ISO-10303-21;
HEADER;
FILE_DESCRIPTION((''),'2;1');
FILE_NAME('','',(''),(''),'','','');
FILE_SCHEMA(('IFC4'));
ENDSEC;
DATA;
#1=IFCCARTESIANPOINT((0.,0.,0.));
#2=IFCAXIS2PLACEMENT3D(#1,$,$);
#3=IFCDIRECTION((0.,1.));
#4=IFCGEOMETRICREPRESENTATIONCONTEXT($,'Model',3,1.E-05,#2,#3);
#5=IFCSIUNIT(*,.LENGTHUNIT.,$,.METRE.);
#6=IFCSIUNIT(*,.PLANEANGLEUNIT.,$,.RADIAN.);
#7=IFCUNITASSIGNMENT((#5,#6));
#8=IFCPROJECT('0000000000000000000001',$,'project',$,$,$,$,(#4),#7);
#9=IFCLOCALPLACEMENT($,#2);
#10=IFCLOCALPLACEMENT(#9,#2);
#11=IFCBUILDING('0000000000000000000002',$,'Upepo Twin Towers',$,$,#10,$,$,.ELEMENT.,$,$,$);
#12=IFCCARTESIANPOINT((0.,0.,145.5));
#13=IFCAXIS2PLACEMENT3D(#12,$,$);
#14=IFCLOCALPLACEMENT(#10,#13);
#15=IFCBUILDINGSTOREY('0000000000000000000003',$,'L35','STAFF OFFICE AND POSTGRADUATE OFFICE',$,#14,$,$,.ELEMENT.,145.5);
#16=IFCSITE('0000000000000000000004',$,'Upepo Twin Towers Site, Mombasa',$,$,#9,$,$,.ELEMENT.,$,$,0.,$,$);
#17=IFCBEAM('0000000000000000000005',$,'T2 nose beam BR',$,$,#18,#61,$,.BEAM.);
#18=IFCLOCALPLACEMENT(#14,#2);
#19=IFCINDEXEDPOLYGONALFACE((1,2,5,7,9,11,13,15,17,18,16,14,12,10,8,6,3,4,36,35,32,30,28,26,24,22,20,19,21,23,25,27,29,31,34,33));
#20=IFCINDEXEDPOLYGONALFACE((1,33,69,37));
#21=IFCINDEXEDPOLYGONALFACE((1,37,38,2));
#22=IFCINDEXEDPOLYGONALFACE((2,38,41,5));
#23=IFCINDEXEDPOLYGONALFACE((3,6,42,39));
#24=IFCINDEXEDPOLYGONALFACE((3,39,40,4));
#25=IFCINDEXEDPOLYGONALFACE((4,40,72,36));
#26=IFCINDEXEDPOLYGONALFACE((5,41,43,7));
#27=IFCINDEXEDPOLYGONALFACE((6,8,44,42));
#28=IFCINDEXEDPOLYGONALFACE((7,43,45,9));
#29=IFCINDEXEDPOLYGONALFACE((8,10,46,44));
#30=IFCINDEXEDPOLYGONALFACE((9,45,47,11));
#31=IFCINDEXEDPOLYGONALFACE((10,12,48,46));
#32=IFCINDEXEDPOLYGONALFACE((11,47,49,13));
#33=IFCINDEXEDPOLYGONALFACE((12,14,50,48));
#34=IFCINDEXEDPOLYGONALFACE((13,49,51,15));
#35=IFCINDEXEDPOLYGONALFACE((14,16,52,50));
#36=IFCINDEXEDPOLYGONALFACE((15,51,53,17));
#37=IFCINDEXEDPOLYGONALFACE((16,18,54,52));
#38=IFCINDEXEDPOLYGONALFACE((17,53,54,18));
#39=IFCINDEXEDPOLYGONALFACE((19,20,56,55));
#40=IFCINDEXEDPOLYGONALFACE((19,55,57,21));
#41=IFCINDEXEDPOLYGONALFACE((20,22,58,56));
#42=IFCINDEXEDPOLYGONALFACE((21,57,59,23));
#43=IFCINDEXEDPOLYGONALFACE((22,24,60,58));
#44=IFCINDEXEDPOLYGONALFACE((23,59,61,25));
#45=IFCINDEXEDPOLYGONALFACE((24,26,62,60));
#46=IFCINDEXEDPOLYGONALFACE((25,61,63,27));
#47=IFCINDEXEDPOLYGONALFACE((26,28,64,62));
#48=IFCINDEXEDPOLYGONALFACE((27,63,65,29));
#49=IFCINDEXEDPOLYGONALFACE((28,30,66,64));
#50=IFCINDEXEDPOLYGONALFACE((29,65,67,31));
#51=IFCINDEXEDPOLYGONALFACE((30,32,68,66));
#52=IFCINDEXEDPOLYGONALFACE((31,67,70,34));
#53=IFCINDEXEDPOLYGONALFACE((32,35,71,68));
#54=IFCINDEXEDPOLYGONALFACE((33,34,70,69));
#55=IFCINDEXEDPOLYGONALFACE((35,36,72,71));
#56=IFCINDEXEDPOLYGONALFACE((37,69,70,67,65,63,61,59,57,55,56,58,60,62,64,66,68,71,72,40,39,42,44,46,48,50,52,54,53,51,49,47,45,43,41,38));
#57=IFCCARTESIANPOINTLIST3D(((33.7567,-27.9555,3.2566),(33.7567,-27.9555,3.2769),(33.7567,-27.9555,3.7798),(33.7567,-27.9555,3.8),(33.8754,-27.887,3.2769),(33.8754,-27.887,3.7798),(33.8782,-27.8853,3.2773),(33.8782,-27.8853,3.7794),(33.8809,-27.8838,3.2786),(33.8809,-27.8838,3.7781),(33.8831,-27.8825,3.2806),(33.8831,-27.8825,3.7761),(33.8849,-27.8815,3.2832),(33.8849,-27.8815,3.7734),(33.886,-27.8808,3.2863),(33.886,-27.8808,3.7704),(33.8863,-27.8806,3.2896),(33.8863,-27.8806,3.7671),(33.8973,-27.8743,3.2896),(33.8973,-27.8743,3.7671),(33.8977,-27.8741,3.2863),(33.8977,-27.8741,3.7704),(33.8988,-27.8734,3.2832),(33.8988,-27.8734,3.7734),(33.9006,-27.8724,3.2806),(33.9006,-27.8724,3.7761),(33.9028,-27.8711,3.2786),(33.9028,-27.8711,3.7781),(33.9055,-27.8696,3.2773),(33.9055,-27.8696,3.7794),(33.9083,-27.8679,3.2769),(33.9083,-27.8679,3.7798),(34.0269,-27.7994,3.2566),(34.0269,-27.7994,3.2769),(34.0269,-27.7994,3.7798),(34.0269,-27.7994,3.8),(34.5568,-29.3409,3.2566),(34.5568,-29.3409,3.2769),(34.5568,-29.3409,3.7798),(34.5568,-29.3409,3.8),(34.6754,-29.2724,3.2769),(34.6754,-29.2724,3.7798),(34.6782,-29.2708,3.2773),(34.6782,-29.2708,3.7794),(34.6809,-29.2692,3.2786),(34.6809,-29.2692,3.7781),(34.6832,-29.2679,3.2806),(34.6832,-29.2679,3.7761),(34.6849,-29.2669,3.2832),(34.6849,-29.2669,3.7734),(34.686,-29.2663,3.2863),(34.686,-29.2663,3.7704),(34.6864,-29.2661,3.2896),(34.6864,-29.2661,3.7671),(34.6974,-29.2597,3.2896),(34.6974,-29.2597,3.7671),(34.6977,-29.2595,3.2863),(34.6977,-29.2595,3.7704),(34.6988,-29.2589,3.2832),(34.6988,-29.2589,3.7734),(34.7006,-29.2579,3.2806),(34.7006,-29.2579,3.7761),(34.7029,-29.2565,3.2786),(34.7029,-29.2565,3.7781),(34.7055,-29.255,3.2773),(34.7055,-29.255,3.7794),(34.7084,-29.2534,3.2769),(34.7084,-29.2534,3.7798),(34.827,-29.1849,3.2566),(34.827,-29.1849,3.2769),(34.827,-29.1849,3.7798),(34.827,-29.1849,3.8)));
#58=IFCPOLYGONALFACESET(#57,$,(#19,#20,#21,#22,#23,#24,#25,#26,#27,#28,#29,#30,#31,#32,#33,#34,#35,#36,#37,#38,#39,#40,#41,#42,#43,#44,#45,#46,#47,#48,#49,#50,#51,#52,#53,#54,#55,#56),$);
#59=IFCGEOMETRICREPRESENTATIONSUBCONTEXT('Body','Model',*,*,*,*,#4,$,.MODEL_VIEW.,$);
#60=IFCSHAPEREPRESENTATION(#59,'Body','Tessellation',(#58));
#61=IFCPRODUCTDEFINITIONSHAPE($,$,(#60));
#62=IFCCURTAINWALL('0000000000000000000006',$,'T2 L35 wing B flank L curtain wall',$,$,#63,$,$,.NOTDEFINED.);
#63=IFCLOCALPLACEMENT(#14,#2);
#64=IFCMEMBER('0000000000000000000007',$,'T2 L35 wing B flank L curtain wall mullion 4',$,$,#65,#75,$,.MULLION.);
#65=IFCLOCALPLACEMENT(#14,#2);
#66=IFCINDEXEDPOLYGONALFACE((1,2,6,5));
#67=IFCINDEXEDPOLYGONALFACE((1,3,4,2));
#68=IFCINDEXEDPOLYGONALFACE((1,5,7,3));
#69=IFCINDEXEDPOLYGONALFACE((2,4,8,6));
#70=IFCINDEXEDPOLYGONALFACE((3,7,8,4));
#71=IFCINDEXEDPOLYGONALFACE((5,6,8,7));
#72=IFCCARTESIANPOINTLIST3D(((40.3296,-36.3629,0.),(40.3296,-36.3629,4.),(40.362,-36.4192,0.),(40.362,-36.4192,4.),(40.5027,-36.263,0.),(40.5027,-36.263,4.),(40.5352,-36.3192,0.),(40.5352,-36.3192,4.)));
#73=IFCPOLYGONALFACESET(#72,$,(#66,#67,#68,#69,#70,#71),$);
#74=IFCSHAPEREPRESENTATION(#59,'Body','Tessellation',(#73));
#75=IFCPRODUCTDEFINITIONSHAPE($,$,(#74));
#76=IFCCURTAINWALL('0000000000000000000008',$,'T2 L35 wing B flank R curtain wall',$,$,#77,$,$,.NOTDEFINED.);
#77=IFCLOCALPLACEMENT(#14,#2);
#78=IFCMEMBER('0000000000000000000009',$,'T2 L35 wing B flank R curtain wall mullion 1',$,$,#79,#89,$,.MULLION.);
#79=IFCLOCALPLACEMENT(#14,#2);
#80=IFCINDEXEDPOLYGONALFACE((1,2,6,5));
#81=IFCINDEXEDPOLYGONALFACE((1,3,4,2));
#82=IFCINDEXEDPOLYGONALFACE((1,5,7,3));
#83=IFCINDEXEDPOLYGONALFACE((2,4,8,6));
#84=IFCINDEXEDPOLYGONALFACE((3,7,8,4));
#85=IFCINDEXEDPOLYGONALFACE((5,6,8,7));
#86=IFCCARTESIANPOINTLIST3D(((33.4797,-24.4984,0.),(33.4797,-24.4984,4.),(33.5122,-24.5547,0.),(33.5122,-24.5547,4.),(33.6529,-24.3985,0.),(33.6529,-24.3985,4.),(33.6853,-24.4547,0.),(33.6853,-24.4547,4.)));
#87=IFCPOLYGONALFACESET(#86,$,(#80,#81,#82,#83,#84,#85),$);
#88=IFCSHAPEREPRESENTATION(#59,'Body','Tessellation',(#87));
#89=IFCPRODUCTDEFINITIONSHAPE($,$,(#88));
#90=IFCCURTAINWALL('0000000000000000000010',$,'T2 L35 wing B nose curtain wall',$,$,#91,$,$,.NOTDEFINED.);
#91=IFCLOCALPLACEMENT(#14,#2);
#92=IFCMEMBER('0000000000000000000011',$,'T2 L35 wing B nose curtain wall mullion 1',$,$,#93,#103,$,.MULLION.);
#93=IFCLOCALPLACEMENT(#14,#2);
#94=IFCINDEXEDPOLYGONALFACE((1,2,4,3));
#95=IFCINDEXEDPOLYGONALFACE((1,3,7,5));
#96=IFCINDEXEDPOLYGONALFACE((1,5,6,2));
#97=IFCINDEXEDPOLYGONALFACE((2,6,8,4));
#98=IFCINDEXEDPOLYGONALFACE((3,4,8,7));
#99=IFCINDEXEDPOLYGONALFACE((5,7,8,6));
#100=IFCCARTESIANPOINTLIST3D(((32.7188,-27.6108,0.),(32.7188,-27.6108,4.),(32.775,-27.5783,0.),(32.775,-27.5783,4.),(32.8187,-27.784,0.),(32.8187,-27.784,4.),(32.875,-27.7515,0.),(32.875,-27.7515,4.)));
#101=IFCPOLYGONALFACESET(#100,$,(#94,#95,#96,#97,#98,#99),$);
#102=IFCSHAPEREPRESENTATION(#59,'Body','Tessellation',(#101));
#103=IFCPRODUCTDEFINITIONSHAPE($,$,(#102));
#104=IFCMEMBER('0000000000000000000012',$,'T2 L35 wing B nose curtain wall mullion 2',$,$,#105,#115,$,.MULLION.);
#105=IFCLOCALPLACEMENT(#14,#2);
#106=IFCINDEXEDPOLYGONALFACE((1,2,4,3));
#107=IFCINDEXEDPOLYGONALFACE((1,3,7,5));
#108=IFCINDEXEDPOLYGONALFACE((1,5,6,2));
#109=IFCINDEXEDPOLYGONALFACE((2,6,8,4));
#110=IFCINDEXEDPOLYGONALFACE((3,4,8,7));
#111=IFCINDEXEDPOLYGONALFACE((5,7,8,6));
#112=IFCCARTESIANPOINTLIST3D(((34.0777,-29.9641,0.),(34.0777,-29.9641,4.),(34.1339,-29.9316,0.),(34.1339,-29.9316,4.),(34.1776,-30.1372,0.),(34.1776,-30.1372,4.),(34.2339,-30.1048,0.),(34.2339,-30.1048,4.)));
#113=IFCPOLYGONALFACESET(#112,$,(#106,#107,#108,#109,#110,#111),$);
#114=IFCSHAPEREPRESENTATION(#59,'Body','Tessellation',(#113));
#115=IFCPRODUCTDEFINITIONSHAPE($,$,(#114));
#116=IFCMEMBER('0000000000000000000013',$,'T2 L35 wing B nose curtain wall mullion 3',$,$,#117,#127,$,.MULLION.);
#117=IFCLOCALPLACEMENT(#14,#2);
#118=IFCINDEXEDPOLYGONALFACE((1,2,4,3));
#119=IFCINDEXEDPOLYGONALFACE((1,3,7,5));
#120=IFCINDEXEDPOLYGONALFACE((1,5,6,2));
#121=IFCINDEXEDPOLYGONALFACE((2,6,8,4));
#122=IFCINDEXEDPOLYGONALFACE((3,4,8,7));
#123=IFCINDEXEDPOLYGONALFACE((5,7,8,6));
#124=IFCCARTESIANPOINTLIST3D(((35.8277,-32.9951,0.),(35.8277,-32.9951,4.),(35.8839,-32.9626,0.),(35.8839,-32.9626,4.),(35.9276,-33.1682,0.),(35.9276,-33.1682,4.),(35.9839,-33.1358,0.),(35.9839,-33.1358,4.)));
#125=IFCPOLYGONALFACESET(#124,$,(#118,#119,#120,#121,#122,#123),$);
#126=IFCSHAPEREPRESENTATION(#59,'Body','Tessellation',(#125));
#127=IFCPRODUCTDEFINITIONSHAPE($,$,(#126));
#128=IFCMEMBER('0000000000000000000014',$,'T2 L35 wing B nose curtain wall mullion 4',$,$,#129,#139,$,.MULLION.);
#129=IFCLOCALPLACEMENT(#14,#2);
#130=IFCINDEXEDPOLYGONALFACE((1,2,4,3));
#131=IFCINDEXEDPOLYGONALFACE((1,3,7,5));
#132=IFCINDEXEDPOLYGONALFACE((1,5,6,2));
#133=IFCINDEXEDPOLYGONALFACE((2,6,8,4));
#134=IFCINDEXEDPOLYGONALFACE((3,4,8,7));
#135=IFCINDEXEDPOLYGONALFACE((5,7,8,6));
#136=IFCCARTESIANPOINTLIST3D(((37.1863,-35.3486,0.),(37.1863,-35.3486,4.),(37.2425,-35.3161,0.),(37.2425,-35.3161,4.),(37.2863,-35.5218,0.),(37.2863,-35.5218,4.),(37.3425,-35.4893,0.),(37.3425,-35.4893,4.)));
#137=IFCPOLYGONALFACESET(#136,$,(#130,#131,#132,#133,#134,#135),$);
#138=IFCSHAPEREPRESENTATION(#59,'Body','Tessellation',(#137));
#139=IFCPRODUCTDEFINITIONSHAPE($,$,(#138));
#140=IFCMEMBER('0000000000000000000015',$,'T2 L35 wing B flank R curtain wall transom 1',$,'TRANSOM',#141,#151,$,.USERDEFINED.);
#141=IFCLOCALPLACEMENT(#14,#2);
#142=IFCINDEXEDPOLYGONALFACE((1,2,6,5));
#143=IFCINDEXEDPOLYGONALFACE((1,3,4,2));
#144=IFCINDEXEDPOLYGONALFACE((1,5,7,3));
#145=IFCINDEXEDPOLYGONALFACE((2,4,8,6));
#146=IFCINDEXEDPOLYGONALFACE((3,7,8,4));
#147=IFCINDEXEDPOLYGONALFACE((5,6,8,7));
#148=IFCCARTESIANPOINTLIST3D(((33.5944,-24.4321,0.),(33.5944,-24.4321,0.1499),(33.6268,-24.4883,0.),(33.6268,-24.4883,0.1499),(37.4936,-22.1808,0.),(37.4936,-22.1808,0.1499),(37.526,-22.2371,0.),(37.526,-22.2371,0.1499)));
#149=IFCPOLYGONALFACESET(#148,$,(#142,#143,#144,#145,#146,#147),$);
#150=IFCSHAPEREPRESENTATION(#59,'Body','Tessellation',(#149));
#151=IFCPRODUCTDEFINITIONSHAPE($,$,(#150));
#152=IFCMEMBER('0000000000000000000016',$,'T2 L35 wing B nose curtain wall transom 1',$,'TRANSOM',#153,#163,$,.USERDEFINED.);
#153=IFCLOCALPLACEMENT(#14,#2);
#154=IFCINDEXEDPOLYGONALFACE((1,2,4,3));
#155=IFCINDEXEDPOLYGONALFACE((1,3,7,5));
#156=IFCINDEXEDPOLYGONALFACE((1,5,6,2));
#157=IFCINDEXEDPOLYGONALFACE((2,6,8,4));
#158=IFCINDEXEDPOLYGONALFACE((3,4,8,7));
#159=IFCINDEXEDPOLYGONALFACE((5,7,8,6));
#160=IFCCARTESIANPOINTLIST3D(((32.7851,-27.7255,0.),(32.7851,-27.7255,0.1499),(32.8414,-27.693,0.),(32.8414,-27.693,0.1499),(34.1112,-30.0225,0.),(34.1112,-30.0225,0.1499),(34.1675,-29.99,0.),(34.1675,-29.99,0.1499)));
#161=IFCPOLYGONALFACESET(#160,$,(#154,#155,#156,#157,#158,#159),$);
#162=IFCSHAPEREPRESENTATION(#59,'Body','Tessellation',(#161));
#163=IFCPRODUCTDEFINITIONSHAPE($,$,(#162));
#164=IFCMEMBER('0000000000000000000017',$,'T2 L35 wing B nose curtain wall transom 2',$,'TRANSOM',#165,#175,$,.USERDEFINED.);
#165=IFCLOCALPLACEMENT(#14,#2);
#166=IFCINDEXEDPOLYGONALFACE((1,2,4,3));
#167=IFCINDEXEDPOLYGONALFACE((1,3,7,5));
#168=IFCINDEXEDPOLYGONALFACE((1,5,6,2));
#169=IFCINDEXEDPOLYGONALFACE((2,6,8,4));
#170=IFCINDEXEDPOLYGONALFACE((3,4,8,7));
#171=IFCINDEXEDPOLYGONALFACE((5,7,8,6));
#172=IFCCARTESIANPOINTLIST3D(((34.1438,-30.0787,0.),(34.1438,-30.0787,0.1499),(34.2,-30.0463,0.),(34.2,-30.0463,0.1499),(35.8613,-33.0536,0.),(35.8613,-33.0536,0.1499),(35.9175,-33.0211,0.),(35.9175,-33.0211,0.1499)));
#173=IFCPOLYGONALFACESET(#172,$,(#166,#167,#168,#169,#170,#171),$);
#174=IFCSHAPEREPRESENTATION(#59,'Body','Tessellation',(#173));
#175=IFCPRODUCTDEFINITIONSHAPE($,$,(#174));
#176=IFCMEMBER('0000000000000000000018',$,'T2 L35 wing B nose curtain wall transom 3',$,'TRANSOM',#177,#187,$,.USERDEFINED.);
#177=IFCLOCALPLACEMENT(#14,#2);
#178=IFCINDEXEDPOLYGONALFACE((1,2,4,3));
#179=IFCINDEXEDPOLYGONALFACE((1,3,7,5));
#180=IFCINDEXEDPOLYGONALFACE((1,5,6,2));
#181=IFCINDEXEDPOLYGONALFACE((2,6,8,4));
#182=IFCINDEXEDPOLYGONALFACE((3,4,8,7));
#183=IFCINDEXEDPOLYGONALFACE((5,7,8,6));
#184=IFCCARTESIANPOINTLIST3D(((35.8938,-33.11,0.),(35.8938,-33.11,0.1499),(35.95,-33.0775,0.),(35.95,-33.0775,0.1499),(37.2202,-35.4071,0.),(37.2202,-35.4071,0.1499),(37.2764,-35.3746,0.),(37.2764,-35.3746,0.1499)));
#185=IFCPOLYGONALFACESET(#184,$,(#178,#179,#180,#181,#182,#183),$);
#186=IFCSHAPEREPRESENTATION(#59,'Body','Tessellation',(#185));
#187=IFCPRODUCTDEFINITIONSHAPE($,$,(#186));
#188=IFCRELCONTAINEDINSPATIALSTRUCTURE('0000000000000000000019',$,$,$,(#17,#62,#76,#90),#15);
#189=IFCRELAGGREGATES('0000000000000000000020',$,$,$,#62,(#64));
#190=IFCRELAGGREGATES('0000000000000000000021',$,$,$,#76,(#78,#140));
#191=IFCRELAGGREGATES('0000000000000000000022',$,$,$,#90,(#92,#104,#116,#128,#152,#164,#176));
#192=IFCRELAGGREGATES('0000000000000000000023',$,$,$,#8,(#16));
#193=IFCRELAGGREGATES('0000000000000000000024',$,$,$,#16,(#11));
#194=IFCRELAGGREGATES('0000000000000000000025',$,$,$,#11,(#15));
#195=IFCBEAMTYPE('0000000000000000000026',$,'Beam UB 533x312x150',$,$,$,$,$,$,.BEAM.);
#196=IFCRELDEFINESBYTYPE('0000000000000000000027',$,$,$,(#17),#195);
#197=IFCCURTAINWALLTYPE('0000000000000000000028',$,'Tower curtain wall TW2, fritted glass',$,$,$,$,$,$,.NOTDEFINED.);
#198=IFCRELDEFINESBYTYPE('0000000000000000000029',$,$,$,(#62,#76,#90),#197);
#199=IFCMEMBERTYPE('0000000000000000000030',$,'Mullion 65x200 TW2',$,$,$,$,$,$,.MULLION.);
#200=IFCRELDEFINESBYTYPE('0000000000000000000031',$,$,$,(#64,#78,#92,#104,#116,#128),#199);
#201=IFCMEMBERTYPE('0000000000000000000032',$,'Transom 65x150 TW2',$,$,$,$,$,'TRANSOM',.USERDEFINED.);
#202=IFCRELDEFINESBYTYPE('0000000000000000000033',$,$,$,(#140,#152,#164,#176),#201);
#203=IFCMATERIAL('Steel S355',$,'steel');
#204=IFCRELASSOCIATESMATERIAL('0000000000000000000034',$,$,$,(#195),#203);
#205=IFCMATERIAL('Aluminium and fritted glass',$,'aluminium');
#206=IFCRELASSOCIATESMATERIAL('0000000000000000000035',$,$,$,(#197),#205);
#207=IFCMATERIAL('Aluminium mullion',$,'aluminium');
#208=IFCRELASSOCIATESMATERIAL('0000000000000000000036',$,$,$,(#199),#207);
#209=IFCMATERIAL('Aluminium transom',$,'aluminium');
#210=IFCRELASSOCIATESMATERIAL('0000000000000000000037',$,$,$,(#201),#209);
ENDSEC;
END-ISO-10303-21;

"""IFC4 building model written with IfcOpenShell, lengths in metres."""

from ifc_helpers import new_model, si_unit, direction, frame, origin, origin_2d, place, context, subcontext, project, spatial, rectangle, i_section, extrude, material, material_profile, profile_set, type_object, element, aggregate, save


model = new_model("IFC4")

# Units and contexts
model_context = context("Model", 3, precision=1e-05, world=origin(), true_north=direction((0.0, 1.0)))
body_context = subcontext(model_context, "Body", "Model", "MODEL_VIEW")
ifc_project = project(units=[si_unit("LENGTHUNIT", "METRE"), si_unit("PLANEANGLEUNIT", "RADIAN")], contexts=[model_context])

# Site, building, storey
site_placement = place(None, origin())
site = spatial("IfcSite", under=ifc_project, at=site_placement, Name="Upepo Twin Towers Site, Mombasa", CompositionType="ELEMENT", RefElevation=0.0)
building_placement = place(site_placement, origin())
building = spatial("IfcBuilding", under=site, at=building_placement, Name="Upepo Twin Towers", CompositionType="ELEMENT")
storey_placement = place(building_placement, frame((0.0, 0.0, 145.5)))
storey = spatial("IfcBuildingStorey", under=building, at=storey_placement, Name="L35", Description="STAFF OFFICE AND POSTGRADUATE OFFICE", CompositionType="ELEMENT", Elevation=145.5)

# Beam
ifc_material_1 = material(Name="Steel S355", Category="steel")
ifc_material_profile_1 = material_profile(ifc_material_1, i_section(OverallWidth=0.312, OverallDepth=0.5435, WebThickness=0.0127, FlangeThickness=0.0203, FilletRadius=0.0127, at=origin_2d()), Name="UB 533x312x150")
ifc_profile_set_1 = profile_set([ifc_material_profile_1], Name="Steel S355")
beam_type_1 = type_object("IfcBeamType", Name="Beam UB 533x312x150", PredefinedType="BEAM", material=ifc_profile_set_1)
for number, where, z_axis, x_axis, name in (
    (1, (33.8918, -27.8774, 3.5283), (0.500061, -0.86599, 0.0), (0.86599, 0.500061, 0.0), "T2 nose beam BR"),
):
    element("IfcBeam", number, at=place(storey_placement, frame(where, z_axis=z_axis, x_axis=x_axis)), inside=storey, type_object=beam_type_1, Name=name, PredefinedType="BEAM", context=body_context, shape_type="SweptSolid", body=[
        extrude(i_section(OverallWidth=0.312, OverallDepth=0.5435, WebThickness=0.0127, FlangeThickness=0.0203, FilletRadius=0.0127, at=origin_2d()), origin(), (0.0, 0.0, 1.0), 1.5999),
    ])

# Curtain walls, members
ifc_material_2 = material(Name="Aluminium and fritted glass", Category="aluminium")
curtain_wall_type = type_object("IfcCurtainWallType", Name="Tower curtain wall TW2, fritted glass", PredefinedType="NOTDEFINED", material=ifc_material_2)
curtain_wall_1_placement = place(storey_placement, origin())
curtain_wall_1 = element("IfcCurtainWall", 2, at=curtain_wall_1_placement, inside=storey, type_object=curtain_wall_type, Name="T2 L35 wing B flank L curtain wall", PredefinedType="NOTDEFINED")
ifc_material_3 = material(Name="Aluminium mullion", Category="aluminium")
ifc_material_profile_2 = material_profile(ifc_material_3, rectangle(XDim=0.0649, YDim=0.2, at=origin_2d()), Name="MULLION 65x200")
ifc_profile_set_2 = profile_set([ifc_material_profile_2], Name="Aluminium mullion")
member_type_1 = type_object("IfcMemberType", Name="Mullion 65x200 TW2", PredefinedType="MULLION", material=ifc_profile_set_2)
member_1_placement = place(storey_placement, frame((40.4324, -36.3411, 0.0), z_axis=(0.0, 0.0, 1.0), x_axis=(0.5, -0.866025, 0.0)))
member_1 = element("IfcMember", 3, at=member_1_placement, type_object=member_type_1, Name="T2 L35 wing B flank L curtain wall mullion 4", PredefinedType="MULLION", context=body_context, shape_type="SweptSolid", body=[
    extrude(rectangle(XDim=0.0649, YDim=0.2, at=origin_2d()), origin(), (0.0, 0.0, 1.0), 4.0),
])
aggregate(curtain_wall_1, [member_1])
curtain_wall_2_placement = place(storey_placement, origin())
curtain_wall_2 = element("IfcCurtainWall", 4, at=curtain_wall_2_placement, inside=storey, type_object=curtain_wall_type, Name="T2 L35 wing B flank R curtain wall", PredefinedType="NOTDEFINED")
member_2_placement = place(storey_placement, frame((33.5825, -24.4766, 0.0), z_axis=(0.0, 0.0, 1.0), x_axis=(-0.5, 0.866025, 0.0)))
member_2 = element("IfcMember", 5, at=member_2_placement, type_object=member_type_1, Name="T2 L35 wing B flank R curtain wall mullion 1", PredefinedType="MULLION", context=body_context, shape_type="SweptSolid", body=[
    extrude(rectangle(XDim=0.0649, YDim=0.2, at=origin_2d()), origin(), (0.0, 0.0, 1.0), 4.0),
])

# Curtain wall, members
curtain_wall_3_placement = place(storey_placement, origin())
curtain_wall_3 = element("IfcCurtainWall", 6, at=curtain_wall_3_placement, inside=storey, type_object=curtain_wall_type, Name="T2 L35 wing B nose curtain wall", PredefinedType="NOTDEFINED")
member_3_placement = place(storey_placement, frame((32.7969, -27.6812, 0.0), z_axis=(0.0, 0.0, 1.0), x_axis=(0.866025, 0.5, 0.0)))
member_3 = element("IfcMember", 7, at=member_3_placement, type_object=member_type_1, Name="T2 L35 wing B nose curtain wall mullion 1", PredefinedType="MULLION", context=body_context, shape_type="SweptSolid", body=[
    extrude(rectangle(XDim=0.0649, YDim=0.2, at=origin_2d()), origin(), (0.0, 0.0, 1.0), 4.0),
])
member_4_placement = place(storey_placement, frame((34.1558, -30.0344, 0.0), z_axis=(0.0, 0.0, 1.0), x_axis=(0.866025, 0.5, 0.0)))
member_4 = element("IfcMember", 8, at=member_4_placement, type_object=member_type_1, Name="T2 L35 wing B nose curtain wall mullion 2", PredefinedType="MULLION", context=body_context, shape_type="SweptSolid", body=[
    extrude(rectangle(XDim=0.0649, YDim=0.2, at=origin_2d()), origin(), (0.0, 0.0, 1.0), 4.0),
])
member_5_placement = place(storey_placement, frame((35.9058, -33.0654, 0.0), z_axis=(0.0, 0.0, 1.0), x_axis=(0.866025, 0.5, 0.0)))
member_5 = element("IfcMember", 9, at=member_5_placement, type_object=member_type_1, Name="T2 L35 wing B nose curtain wall mullion 3", PredefinedType="MULLION", context=body_context, shape_type="SweptSolid", body=[
    extrude(rectangle(XDim=0.0649, YDim=0.2, at=origin_2d()), origin(), (0.0, 0.0, 1.0), 4.0),
])
member_6_placement = place(storey_placement, frame((37.2644, -35.4189, 0.0), z_axis=(0.0, 0.0, 1.0), x_axis=(0.866025, 0.5, 0.0)))
member_6 = element("IfcMember", 10, at=member_6_placement, type_object=member_type_1, Name="T2 L35 wing B nose curtain wall mullion 4", PredefinedType="MULLION", context=body_context, shape_type="SweptSolid", body=[
    extrude(rectangle(XDim=0.0649, YDim=0.2, at=origin_2d()), origin(), (0.0, 0.0, 1.0), 4.0),
])

# Members
ifc_material_4 = material(Name="Aluminium transom", Category="aluminium")
ifc_material_profile_3 = material_profile(ifc_material_4, rectangle(XDim=0.0649, YDim=0.1499, at=origin_2d()), Name="TRANSOM 65x150")
ifc_profile_set_3 = profile_set([ifc_material_profile_3], Name="Aluminium transom")
member_type_2 = type_object("IfcMemberType", Name="Transom 65x150 TW2", ElementType="TRANSOM", PredefinedType="USERDEFINED", material=ifc_profile_set_3)
member_7_placement = place(storey_placement, frame((33.6106, -24.4602, 0.075), z_axis=(0.866022, 0.500006, 0.0), x_axis=(-0.500006, 0.866022, 0.0)))
member_7 = element("IfcMember", 11, at=member_7_placement, type_object=member_type_2, Name="T2 L35 wing B flank R curtain wall transom 1", ObjectType="TRANSOM", PredefinedType="USERDEFINED", context=body_context, shape_type="SweptSolid", body=[
    extrude(rectangle(XDim=0.0649, YDim=0.1499, at=origin_2d()), origin(), (0.0, 0.0, 1.0), 4.5024),
])
member_8_placement = place(storey_placement, frame((32.8132, -27.7092, 0.075), z_axis=(0.49998, -0.866037, 0.0), x_axis=(0.866037, 0.49998, 0.0)))
member_8 = element("IfcMember", 12, at=member_8_placement, type_object=member_type_2, Name="T2 L35 wing B nose curtain wall transom 1", ObjectType="TRANSOM", PredefinedType="USERDEFINED", context=body_context, shape_type="SweptSolid", body=[
    extrude(rectangle(XDim=0.0649, YDim=0.1499, at=origin_2d()), origin(), (0.0, 0.0, 1.0), 2.6523),
])
member_9_placement = place(storey_placement, frame((34.1719, -30.0625, 0.075), z_axis=(0.499999, -0.866026, 0.0), x_axis=(0.866026, 0.499999, 0.0)))
member_9 = element("IfcMember", 13, at=member_9_placement, type_object=member_type_2, Name="T2 L35 wing B nose curtain wall transom 2", ObjectType="TRANSOM", PredefinedType="USERDEFINED", context=body_context, shape_type="SweptSolid", body=[
    extrude(rectangle(XDim=0.0649, YDim=0.1499, at=origin_2d()), origin(), (0.0, 0.0, 1.0), 3.4351),
])
member_10_placement = place(storey_placement, frame((35.9219, -33.0938, 0.075), z_axis=(0.500049, -0.865997, 0.0), x_axis=(0.865997, 0.500049, 0.0)))
member_10 = element("IfcMember", 14, at=member_10_placement, type_object=member_type_2, Name="T2 L35 wing B nose curtain wall transom 3", ObjectType="TRANSOM", PredefinedType="USERDEFINED", context=body_context, shape_type="SweptSolid", body=[
    extrude(rectangle(XDim=0.0649, YDim=0.1499, at=origin_2d()), origin(), (0.0, 0.0, 1.0), 2.6526),
])

aggregate(curtain_wall_2, [member_2, member_7])
aggregate(curtain_wall_3, [member_3, member_4, member_5, member_6, member_8, member_9, member_10])

save(model, "model.ifc")
